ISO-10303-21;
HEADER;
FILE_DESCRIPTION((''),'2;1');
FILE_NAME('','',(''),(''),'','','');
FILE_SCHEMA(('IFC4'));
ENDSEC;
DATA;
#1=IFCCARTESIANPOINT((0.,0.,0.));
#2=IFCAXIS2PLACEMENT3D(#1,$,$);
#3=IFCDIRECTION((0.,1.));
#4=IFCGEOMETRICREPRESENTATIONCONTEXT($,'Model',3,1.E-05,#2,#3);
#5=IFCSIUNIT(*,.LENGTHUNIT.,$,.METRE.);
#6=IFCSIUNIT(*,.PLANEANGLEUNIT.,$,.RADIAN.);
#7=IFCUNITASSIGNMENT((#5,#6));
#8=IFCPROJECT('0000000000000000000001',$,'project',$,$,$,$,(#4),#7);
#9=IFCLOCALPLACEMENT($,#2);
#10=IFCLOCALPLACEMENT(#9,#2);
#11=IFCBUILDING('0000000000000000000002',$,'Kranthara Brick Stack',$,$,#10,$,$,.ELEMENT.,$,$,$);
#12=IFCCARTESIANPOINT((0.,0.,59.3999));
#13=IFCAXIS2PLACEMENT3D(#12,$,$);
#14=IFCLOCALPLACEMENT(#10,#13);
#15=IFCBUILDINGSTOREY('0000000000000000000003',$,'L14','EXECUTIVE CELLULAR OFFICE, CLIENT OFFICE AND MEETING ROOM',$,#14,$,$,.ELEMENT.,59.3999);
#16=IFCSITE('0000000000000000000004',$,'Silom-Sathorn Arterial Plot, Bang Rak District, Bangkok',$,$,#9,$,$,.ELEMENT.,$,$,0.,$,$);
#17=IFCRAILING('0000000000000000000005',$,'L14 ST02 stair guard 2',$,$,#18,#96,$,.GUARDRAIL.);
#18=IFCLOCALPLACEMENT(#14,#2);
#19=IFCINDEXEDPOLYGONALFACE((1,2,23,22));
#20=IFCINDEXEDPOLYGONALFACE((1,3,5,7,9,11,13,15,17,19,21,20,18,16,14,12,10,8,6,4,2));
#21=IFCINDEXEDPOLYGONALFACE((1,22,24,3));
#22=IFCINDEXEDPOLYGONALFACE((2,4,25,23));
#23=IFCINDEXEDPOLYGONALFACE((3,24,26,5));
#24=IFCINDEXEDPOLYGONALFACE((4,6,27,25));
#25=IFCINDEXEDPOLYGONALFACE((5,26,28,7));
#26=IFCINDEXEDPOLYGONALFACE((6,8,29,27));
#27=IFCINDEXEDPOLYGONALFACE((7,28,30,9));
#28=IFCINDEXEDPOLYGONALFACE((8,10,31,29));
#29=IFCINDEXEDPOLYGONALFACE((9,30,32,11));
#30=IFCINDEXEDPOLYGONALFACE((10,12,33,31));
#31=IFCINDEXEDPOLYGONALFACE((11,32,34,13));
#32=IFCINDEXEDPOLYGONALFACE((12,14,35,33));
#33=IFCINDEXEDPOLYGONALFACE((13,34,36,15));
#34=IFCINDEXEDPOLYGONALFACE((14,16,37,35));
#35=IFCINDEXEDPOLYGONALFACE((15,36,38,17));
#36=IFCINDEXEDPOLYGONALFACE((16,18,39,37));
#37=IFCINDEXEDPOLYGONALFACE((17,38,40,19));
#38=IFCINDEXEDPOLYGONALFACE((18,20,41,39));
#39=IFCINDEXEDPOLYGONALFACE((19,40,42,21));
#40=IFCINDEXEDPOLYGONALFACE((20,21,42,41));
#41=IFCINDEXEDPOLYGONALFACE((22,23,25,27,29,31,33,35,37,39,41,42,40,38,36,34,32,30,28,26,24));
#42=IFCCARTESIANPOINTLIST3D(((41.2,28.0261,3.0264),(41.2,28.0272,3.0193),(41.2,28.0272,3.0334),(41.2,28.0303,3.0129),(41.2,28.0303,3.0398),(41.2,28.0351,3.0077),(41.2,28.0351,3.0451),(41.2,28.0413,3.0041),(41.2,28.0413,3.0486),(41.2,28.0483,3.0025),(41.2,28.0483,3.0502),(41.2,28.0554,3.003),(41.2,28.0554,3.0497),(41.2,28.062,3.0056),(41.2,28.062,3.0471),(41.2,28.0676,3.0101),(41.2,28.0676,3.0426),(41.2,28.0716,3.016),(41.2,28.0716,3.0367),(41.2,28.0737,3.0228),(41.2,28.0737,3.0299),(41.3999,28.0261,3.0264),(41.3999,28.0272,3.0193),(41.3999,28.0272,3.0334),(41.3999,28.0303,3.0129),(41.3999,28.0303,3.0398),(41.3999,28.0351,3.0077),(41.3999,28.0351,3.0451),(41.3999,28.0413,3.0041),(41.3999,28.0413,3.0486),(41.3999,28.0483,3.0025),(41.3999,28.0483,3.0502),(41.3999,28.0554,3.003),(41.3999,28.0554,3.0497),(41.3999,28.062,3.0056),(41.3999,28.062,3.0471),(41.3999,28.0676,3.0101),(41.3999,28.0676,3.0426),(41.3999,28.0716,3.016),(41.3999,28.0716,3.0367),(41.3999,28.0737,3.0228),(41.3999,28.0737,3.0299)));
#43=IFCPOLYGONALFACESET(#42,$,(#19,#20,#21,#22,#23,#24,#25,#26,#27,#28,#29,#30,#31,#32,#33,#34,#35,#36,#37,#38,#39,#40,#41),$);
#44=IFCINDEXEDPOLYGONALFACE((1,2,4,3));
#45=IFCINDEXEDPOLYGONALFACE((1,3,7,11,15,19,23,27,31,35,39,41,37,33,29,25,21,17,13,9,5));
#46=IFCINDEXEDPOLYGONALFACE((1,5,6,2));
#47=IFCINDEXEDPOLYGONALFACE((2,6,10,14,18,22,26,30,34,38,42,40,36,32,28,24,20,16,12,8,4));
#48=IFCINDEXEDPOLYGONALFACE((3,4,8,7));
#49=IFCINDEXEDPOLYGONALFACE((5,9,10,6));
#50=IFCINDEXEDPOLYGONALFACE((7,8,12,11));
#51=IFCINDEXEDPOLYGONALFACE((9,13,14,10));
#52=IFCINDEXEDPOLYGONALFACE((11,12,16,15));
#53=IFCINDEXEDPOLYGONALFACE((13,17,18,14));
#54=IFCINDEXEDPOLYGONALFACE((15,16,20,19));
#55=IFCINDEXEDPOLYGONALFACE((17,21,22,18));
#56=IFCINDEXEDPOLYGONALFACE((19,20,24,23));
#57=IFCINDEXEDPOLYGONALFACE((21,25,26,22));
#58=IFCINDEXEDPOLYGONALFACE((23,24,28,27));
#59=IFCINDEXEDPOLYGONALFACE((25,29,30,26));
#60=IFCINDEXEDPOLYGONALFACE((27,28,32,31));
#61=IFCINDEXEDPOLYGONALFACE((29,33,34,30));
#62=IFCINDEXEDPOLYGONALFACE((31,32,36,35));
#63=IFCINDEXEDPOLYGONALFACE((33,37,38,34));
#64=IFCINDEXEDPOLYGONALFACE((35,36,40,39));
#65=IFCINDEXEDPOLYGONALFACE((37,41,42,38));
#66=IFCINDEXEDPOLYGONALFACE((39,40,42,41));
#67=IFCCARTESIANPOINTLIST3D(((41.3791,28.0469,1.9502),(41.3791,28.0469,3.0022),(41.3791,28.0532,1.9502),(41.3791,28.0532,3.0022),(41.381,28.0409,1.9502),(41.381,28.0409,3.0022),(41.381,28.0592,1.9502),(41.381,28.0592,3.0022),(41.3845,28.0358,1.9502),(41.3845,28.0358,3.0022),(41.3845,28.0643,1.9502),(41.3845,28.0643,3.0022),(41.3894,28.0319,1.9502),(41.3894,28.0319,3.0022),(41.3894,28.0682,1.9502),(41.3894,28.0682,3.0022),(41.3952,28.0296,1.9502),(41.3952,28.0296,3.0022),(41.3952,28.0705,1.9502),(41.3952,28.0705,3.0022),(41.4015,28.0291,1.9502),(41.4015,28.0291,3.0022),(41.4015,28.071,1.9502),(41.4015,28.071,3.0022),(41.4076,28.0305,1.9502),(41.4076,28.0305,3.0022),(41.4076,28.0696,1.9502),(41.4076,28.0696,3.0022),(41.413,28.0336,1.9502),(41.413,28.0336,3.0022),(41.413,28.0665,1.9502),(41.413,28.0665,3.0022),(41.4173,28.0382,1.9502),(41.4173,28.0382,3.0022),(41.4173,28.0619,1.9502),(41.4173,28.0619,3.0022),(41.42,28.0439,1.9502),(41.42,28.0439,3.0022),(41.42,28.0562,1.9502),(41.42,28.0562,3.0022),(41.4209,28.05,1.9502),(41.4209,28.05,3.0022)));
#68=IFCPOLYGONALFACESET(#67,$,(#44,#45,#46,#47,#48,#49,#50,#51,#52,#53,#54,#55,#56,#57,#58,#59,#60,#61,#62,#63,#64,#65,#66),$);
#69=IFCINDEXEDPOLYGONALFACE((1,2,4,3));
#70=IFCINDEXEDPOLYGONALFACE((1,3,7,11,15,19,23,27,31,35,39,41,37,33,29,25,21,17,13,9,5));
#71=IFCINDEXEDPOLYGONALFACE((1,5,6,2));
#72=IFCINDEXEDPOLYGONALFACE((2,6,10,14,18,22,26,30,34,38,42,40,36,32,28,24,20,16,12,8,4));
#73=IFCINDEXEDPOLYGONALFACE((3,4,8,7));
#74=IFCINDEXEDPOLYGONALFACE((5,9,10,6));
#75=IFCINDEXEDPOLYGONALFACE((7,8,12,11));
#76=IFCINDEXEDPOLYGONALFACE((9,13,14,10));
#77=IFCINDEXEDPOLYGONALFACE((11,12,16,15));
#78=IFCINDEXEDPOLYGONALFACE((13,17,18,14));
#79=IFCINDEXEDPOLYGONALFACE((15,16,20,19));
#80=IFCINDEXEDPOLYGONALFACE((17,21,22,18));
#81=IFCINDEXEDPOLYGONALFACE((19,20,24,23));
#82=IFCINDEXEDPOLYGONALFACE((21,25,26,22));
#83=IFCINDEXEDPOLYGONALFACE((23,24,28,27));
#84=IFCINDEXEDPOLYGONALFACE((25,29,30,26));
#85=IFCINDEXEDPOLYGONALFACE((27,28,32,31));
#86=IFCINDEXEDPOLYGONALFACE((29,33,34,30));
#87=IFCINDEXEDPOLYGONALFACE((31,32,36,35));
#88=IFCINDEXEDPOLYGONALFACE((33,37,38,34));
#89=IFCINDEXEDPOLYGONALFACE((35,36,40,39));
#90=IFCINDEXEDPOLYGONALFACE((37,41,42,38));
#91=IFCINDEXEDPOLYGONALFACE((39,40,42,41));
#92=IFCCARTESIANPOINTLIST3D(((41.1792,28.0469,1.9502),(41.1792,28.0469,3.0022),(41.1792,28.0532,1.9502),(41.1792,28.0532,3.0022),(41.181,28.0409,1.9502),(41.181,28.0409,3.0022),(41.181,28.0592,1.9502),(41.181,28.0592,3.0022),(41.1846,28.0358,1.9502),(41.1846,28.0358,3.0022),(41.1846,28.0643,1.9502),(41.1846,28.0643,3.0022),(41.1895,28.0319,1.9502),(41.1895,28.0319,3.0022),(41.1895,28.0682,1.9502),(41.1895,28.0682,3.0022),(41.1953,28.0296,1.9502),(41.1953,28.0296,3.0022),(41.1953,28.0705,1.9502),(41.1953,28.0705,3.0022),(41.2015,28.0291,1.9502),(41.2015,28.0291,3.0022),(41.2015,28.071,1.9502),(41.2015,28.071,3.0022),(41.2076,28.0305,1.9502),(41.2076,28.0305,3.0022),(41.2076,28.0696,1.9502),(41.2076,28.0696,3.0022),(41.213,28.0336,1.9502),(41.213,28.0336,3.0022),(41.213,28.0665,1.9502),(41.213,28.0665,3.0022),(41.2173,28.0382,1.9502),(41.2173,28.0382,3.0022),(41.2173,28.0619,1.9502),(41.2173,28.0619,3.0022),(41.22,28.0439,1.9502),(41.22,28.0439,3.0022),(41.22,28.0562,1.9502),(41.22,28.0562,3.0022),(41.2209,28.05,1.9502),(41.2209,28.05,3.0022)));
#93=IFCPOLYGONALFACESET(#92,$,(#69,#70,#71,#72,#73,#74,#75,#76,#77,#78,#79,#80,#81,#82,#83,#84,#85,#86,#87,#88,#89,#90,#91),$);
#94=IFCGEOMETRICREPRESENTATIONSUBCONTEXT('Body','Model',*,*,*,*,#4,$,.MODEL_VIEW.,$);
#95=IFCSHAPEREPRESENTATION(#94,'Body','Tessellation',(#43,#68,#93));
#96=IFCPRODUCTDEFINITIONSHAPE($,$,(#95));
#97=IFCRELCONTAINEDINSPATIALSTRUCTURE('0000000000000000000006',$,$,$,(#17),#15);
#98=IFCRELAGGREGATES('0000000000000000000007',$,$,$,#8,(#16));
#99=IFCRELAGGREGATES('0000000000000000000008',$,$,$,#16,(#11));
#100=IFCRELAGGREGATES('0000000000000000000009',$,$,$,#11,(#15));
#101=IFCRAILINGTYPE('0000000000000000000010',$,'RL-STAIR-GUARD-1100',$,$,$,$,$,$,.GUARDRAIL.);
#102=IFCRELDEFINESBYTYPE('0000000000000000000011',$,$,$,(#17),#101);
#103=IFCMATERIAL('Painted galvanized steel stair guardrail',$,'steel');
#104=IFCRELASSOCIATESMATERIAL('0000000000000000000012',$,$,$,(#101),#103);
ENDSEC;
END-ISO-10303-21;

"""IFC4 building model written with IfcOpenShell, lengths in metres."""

from ifc_helpers import new_model, si_unit, direction, frame, origin, origin_2d, place, context, subcontext, project, spatial, circle, extrude, material, type_object, element, save


model = new_model("IFC4")

# Units and contexts
model_context = context("Model", 3, precision=1e-05, world=origin(), true_north=direction((0.0, 1.0)))
body_context = subcontext(model_context, "Body", "Model", "MODEL_VIEW")
ifc_project = project(units=[si_unit("LENGTHUNIT", "METRE"), si_unit("PLANEANGLEUNIT", "RADIAN")], contexts=[model_context])

# Site, building, storey
site_placement = place(None, origin())
site = spatial("IfcSite", under=ifc_project, at=site_placement, Name="Silom-Sathorn Arterial Plot, Bang Rak District, Bangkok", CompositionType="ELEMENT", RefElevation=0.0)
building_placement = place(site_placement, origin())
building = spatial("IfcBuilding", under=site, at=building_placement, Name="Kranthara Brick Stack", CompositionType="ELEMENT")
storey_placement = place(building_placement, frame((0.0, 0.0, 59.3999)))
storey = spatial("IfcBuildingStorey", under=building, at=storey_placement, Name="L14", Description="EXECUTIVE CELLULAR OFFICE, CLIENT OFFICE AND MEETING ROOM", CompositionType="ELEMENT", Elevation=59.3999)

# Railing
ifc_material_1 = material(Name="Painted galvanized steel stair guardrail", Category="steel")
railing_type_1 = type_object("IfcRailingType", Name="RL-STAIR-GUARD-1100", PredefinedType="GUARDRAIL", material=ifc_material_1)
railing_1_placement = place(storey_placement, frame((41.3999, 28.05, 1.9502)))
element("IfcRailing", 1, at=railing_1_placement, inside=storey, type_object=railing_type_1, Name="L14 ST02 stair guard 2", PredefinedType="GUARDRAIL", context=body_context, shape_type="SweptSolid", body=[
    extrude(circle(Radius=0.0239, at=origin_2d()), frame((0.0, 0.0, 1.0762), z_axis=(-1.0, 0.0, 0.0), x_axis=(0.0, -1.0, 0.0)), (0.0, 0.0, 1.0), 0.2),
    extrude(circle(Radius=0.021, at=origin_2d()), origin(), (0.0, 0.0, 1.0), 1.052),
    extrude(circle(Radius=0.021, at=origin_2d()), frame((-0.2, 0.0, 0.0)), (0.0, 0.0, 1.0), 1.052),
])

save(model, "model.ifc")
